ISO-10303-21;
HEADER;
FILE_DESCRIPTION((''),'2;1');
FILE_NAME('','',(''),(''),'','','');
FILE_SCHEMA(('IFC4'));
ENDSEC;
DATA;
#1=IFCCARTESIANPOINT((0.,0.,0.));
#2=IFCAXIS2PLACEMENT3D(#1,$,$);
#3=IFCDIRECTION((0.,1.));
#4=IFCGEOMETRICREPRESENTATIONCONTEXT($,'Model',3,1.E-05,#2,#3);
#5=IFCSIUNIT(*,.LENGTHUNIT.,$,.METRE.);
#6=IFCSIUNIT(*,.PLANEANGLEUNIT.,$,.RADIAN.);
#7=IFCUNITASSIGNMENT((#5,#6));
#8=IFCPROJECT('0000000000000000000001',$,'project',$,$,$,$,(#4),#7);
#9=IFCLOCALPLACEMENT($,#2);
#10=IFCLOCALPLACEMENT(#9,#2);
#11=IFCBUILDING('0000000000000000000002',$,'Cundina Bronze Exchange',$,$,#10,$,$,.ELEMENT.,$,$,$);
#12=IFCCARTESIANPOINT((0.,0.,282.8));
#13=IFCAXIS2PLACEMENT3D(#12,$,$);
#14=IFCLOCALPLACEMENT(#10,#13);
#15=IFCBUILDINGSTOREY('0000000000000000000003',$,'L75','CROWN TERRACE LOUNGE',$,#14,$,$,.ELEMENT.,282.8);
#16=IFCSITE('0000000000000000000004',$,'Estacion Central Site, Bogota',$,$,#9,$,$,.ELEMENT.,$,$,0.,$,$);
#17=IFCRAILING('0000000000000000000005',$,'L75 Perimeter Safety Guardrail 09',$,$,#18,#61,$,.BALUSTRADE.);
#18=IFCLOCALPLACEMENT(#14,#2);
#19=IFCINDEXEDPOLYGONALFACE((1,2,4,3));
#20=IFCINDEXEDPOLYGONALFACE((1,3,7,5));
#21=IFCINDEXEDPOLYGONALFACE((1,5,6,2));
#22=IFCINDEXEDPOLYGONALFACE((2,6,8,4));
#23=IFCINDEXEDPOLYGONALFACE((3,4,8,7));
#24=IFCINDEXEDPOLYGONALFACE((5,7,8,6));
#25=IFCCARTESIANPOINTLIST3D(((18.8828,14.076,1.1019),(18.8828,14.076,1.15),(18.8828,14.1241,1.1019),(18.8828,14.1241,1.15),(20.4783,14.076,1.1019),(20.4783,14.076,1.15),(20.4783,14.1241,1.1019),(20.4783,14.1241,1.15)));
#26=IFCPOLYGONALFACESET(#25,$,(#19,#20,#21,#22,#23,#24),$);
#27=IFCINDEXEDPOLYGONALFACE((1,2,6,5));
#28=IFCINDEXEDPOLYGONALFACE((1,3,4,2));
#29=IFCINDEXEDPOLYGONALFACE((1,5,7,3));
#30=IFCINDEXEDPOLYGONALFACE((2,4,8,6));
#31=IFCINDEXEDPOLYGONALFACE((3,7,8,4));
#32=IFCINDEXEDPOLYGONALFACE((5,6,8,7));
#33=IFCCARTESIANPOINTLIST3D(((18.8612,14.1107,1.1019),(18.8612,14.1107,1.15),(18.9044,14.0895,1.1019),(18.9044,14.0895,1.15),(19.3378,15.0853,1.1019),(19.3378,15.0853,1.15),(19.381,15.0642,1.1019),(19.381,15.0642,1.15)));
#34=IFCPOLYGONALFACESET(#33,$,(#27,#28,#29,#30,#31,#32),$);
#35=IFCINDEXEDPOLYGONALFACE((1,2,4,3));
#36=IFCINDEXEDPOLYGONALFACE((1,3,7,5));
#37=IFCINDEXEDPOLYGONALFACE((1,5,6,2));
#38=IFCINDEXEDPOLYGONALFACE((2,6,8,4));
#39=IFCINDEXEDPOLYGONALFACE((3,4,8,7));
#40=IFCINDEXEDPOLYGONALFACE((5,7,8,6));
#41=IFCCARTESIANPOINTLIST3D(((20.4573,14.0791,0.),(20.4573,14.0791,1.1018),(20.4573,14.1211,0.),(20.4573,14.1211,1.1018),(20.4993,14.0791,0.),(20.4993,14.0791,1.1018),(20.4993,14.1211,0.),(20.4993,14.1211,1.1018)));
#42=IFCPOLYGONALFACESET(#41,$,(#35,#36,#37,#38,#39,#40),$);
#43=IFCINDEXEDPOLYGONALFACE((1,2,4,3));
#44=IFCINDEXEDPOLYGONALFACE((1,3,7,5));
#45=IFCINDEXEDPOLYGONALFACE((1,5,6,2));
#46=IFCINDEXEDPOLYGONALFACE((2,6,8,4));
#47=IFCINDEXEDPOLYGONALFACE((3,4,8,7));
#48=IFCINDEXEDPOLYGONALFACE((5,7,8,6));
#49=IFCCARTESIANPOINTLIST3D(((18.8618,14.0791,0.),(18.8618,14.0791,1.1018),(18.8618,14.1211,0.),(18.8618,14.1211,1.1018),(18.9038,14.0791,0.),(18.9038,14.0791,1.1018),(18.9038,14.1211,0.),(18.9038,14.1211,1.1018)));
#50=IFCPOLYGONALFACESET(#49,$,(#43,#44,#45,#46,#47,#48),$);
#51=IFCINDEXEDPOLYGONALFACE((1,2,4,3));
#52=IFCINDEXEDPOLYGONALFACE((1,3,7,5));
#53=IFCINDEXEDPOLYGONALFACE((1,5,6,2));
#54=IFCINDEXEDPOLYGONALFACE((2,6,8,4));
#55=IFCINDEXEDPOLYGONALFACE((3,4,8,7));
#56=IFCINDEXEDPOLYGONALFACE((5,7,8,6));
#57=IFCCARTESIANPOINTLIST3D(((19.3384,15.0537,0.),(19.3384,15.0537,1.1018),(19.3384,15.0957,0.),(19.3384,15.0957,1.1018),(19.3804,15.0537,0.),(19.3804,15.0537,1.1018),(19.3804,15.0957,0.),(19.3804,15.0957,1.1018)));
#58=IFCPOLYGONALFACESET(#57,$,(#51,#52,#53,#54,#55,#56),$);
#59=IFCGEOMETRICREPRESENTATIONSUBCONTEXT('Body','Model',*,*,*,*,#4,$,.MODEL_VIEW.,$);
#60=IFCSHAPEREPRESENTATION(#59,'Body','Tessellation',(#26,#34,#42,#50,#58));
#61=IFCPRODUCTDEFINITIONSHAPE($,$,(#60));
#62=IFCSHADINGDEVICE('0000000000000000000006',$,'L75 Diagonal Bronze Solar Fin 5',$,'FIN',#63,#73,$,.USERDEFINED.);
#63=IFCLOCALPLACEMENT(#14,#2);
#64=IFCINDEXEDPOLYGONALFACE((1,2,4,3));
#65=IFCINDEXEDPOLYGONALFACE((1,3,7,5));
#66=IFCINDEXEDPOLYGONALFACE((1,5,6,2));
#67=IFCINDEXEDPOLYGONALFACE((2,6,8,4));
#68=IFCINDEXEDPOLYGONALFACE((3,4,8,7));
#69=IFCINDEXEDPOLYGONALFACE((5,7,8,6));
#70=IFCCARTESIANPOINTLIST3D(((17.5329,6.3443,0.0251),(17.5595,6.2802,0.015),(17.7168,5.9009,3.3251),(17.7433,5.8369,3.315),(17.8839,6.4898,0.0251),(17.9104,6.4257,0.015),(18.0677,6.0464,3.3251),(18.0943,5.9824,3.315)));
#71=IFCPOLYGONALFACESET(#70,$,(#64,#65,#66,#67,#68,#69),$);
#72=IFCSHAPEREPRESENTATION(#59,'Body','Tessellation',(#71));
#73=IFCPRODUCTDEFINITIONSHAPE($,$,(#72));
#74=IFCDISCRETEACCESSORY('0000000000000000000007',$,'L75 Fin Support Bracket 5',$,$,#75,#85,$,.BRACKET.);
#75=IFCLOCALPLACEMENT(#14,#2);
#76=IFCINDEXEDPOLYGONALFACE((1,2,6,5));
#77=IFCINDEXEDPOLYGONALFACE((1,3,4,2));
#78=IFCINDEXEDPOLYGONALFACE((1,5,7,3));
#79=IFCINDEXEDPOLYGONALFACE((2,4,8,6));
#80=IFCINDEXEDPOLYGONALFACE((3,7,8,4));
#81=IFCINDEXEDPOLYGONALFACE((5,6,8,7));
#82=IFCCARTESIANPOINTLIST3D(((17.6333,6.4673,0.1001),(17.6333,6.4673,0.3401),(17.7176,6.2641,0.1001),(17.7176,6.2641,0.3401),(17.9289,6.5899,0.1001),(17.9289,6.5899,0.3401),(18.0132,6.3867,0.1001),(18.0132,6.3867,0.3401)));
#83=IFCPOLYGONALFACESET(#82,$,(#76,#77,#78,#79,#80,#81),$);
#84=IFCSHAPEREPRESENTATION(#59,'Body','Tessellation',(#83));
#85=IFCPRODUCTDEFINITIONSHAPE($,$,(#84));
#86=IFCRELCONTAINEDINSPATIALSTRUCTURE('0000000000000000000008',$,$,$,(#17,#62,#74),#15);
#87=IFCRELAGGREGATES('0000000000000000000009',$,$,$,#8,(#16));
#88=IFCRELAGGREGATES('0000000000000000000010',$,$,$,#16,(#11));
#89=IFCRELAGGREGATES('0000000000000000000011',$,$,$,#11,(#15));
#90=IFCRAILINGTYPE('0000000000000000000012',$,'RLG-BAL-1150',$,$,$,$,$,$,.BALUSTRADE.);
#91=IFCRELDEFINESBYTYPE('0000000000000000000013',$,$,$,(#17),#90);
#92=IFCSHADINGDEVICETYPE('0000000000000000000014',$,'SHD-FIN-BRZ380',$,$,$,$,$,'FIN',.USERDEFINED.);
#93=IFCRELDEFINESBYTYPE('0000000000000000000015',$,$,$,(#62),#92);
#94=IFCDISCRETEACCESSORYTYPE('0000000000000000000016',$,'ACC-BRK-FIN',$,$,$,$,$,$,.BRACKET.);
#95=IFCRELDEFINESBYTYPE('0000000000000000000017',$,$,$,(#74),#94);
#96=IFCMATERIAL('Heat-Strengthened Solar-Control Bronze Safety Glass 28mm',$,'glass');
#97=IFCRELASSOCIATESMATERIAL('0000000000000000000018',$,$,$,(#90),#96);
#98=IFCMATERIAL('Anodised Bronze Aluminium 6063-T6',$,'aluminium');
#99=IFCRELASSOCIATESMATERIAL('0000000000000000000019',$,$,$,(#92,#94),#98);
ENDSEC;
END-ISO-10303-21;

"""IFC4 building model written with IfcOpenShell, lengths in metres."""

from ifc_helpers import new_model, si_unit, direction, frame, origin, origin_2d, place, context, subcontext, project, spatial, rectangle, extrude, material, material_profile, profile_set, type_object, element, save


model = new_model("IFC4")

# Units and contexts
model_context = context("Model", 3, precision=1e-05, world=origin(), true_north=direction((0.0, 1.0)))
body_context = subcontext(model_context, "Body", "Model", "MODEL_VIEW")
ifc_project = project(units=[si_unit("LENGTHUNIT", "METRE"), si_unit("PLANEANGLEUNIT", "RADIAN")], contexts=[model_context])

# Site, building, storey
site_placement = place(None, origin())
site = spatial("IfcSite", under=ifc_project, at=site_placement, Name="Estacion Central Site, Bogota", CompositionType="ELEMENT", RefElevation=0.0)
building_placement = place(site_placement, origin())
building = spatial("IfcBuilding", under=site, at=building_placement, Name="Cundina Bronze Exchange", CompositionType="ELEMENT")
storey_placement = place(building_placement, frame((0.0, 0.0, 282.8)))
storey = spatial("IfcBuildingStorey", under=building, at=storey_placement, Name="L75", Description="CROWN TERRACE LOUNGE", CompositionType="ELEMENT", Elevation=282.8)

# Shared definitions
ifc_material_1 = material(Name="Anodised Bronze Aluminium 6063-T6", Category="aluminium")

# Railing
ifc_material_2 = material(Name="Heat-Strengthened Solar-Control Bronze Safety Glass 28mm", Category="glass")
railing_type = type_object("IfcRailingType", Name="RLG-BAL-1150", PredefinedType="BALUSTRADE", material=ifc_material_2)
railing_1_placement = place(storey_placement, frame((20.4783, 14.1001, 0.0)))
element("IfcRailing", 1, at=railing_1_placement, inside=storey, type_object=railing_type, Name="L75 Perimeter Safety Guardrail 09", PredefinedType="BALUSTRADE", context=body_context, shape_type="SweptSolid", body=[
    extrude(rectangle(XDim=0.0481, YDim=0.0481, at=origin_2d()), frame((0.0, 0.0, 1.126), z_axis=(-1.0, 0.0, 0.0), x_axis=(0.0, -1.0, 0.0)), (0.0, 0.0, 1.0), 1.5955),
    extrude(rectangle(XDim=0.0481, YDim=0.0481, at=origin_2d()), frame((-1.5955, 0.0, 1.126), z_axis=(0.439275, 0.898353, 0.0), x_axis=(-0.898353, 0.439275, 0.0)), (0.0, 0.0, 1.0), 1.085),
    extrude(rectangle(XDim=0.042, YDim=0.042, at=origin_2d()), origin(), (0.0, 0.0, 1.0), 1.1018),
    extrude(rectangle(XDim=0.042, YDim=0.042, at=origin_2d()), frame((-1.5955, 0.0, 0.0)), (0.0, 0.0, 1.0), 1.1018),
    extrude(rectangle(XDim=0.042, YDim=0.042, at=origin_2d()), frame((-1.1189, 0.9746, 0.0)), (0.0, 0.0, 1.0), 1.1018),
])

# Shading device
ifc_material_profile_1 = material_profile(ifc_material_1, rectangle(XDim=0.0701, YDim=0.3799, at=origin_2d()), Name="FIN70X380", Category="aluminium")
ifc_profile_set_1 = profile_set([ifc_material_profile_1], Name="Anodised Bronze Aluminium 6063-T6")
shading_device_type = type_object("IfcShadingDeviceType", Name="SHD-FIN-BRZ380", ElementType="FIN", PredefinedType="USERDEFINED", material=ifc_profile_set_1)
shading_device_placement = place(storey_placement, frame((17.7217, 6.385, 0.02), z_axis=(0.055128, -0.132951, 0.989588), x_axis=(-0.379038, 0.91412, 0.143927)))
element("IfcShadingDevice", 2, at=shading_device_placement, inside=storey, type_object=shading_device_type, Name="L75 Diagonal Bronze Solar Fin 5", ObjectType="FIN", PredefinedType="USERDEFINED", context=body_context, shape_type="SweptSolid", body=[
    extrude(rectangle(XDim=0.0701, YDim=0.3799, at=origin_2d()), origin(), (0.0, 0.0, 1.0), 3.3347),
])

# Discrete accessory
discrete_accessory_type = type_object("IfcDiscreteAccessoryType", Name="ACC-BRK-FIN", PredefinedType="BRACKET", material=ifc_material_1)
discrete_accessory_placement = place(storey_placement, frame((17.8232, 6.427, 0.1001), z_axis=(0.0, 0.0, 1.0), x_axis=(0.383232, -0.923652, 0.0)))
element("IfcDiscreteAccessory", 3, at=discrete_accessory_placement, inside=storey, type_object=discrete_accessory_type, Name="L75 Fin Support Bracket 5", PredefinedType="BRACKET", context=body_context, shape_type="SweptSolid", body=[
    extrude(rectangle(XDim=0.22, YDim=0.3201, at=origin_2d()), origin(), (0.0, 0.0, 1.0), 0.24),
])

save(model, "model.ifc")
